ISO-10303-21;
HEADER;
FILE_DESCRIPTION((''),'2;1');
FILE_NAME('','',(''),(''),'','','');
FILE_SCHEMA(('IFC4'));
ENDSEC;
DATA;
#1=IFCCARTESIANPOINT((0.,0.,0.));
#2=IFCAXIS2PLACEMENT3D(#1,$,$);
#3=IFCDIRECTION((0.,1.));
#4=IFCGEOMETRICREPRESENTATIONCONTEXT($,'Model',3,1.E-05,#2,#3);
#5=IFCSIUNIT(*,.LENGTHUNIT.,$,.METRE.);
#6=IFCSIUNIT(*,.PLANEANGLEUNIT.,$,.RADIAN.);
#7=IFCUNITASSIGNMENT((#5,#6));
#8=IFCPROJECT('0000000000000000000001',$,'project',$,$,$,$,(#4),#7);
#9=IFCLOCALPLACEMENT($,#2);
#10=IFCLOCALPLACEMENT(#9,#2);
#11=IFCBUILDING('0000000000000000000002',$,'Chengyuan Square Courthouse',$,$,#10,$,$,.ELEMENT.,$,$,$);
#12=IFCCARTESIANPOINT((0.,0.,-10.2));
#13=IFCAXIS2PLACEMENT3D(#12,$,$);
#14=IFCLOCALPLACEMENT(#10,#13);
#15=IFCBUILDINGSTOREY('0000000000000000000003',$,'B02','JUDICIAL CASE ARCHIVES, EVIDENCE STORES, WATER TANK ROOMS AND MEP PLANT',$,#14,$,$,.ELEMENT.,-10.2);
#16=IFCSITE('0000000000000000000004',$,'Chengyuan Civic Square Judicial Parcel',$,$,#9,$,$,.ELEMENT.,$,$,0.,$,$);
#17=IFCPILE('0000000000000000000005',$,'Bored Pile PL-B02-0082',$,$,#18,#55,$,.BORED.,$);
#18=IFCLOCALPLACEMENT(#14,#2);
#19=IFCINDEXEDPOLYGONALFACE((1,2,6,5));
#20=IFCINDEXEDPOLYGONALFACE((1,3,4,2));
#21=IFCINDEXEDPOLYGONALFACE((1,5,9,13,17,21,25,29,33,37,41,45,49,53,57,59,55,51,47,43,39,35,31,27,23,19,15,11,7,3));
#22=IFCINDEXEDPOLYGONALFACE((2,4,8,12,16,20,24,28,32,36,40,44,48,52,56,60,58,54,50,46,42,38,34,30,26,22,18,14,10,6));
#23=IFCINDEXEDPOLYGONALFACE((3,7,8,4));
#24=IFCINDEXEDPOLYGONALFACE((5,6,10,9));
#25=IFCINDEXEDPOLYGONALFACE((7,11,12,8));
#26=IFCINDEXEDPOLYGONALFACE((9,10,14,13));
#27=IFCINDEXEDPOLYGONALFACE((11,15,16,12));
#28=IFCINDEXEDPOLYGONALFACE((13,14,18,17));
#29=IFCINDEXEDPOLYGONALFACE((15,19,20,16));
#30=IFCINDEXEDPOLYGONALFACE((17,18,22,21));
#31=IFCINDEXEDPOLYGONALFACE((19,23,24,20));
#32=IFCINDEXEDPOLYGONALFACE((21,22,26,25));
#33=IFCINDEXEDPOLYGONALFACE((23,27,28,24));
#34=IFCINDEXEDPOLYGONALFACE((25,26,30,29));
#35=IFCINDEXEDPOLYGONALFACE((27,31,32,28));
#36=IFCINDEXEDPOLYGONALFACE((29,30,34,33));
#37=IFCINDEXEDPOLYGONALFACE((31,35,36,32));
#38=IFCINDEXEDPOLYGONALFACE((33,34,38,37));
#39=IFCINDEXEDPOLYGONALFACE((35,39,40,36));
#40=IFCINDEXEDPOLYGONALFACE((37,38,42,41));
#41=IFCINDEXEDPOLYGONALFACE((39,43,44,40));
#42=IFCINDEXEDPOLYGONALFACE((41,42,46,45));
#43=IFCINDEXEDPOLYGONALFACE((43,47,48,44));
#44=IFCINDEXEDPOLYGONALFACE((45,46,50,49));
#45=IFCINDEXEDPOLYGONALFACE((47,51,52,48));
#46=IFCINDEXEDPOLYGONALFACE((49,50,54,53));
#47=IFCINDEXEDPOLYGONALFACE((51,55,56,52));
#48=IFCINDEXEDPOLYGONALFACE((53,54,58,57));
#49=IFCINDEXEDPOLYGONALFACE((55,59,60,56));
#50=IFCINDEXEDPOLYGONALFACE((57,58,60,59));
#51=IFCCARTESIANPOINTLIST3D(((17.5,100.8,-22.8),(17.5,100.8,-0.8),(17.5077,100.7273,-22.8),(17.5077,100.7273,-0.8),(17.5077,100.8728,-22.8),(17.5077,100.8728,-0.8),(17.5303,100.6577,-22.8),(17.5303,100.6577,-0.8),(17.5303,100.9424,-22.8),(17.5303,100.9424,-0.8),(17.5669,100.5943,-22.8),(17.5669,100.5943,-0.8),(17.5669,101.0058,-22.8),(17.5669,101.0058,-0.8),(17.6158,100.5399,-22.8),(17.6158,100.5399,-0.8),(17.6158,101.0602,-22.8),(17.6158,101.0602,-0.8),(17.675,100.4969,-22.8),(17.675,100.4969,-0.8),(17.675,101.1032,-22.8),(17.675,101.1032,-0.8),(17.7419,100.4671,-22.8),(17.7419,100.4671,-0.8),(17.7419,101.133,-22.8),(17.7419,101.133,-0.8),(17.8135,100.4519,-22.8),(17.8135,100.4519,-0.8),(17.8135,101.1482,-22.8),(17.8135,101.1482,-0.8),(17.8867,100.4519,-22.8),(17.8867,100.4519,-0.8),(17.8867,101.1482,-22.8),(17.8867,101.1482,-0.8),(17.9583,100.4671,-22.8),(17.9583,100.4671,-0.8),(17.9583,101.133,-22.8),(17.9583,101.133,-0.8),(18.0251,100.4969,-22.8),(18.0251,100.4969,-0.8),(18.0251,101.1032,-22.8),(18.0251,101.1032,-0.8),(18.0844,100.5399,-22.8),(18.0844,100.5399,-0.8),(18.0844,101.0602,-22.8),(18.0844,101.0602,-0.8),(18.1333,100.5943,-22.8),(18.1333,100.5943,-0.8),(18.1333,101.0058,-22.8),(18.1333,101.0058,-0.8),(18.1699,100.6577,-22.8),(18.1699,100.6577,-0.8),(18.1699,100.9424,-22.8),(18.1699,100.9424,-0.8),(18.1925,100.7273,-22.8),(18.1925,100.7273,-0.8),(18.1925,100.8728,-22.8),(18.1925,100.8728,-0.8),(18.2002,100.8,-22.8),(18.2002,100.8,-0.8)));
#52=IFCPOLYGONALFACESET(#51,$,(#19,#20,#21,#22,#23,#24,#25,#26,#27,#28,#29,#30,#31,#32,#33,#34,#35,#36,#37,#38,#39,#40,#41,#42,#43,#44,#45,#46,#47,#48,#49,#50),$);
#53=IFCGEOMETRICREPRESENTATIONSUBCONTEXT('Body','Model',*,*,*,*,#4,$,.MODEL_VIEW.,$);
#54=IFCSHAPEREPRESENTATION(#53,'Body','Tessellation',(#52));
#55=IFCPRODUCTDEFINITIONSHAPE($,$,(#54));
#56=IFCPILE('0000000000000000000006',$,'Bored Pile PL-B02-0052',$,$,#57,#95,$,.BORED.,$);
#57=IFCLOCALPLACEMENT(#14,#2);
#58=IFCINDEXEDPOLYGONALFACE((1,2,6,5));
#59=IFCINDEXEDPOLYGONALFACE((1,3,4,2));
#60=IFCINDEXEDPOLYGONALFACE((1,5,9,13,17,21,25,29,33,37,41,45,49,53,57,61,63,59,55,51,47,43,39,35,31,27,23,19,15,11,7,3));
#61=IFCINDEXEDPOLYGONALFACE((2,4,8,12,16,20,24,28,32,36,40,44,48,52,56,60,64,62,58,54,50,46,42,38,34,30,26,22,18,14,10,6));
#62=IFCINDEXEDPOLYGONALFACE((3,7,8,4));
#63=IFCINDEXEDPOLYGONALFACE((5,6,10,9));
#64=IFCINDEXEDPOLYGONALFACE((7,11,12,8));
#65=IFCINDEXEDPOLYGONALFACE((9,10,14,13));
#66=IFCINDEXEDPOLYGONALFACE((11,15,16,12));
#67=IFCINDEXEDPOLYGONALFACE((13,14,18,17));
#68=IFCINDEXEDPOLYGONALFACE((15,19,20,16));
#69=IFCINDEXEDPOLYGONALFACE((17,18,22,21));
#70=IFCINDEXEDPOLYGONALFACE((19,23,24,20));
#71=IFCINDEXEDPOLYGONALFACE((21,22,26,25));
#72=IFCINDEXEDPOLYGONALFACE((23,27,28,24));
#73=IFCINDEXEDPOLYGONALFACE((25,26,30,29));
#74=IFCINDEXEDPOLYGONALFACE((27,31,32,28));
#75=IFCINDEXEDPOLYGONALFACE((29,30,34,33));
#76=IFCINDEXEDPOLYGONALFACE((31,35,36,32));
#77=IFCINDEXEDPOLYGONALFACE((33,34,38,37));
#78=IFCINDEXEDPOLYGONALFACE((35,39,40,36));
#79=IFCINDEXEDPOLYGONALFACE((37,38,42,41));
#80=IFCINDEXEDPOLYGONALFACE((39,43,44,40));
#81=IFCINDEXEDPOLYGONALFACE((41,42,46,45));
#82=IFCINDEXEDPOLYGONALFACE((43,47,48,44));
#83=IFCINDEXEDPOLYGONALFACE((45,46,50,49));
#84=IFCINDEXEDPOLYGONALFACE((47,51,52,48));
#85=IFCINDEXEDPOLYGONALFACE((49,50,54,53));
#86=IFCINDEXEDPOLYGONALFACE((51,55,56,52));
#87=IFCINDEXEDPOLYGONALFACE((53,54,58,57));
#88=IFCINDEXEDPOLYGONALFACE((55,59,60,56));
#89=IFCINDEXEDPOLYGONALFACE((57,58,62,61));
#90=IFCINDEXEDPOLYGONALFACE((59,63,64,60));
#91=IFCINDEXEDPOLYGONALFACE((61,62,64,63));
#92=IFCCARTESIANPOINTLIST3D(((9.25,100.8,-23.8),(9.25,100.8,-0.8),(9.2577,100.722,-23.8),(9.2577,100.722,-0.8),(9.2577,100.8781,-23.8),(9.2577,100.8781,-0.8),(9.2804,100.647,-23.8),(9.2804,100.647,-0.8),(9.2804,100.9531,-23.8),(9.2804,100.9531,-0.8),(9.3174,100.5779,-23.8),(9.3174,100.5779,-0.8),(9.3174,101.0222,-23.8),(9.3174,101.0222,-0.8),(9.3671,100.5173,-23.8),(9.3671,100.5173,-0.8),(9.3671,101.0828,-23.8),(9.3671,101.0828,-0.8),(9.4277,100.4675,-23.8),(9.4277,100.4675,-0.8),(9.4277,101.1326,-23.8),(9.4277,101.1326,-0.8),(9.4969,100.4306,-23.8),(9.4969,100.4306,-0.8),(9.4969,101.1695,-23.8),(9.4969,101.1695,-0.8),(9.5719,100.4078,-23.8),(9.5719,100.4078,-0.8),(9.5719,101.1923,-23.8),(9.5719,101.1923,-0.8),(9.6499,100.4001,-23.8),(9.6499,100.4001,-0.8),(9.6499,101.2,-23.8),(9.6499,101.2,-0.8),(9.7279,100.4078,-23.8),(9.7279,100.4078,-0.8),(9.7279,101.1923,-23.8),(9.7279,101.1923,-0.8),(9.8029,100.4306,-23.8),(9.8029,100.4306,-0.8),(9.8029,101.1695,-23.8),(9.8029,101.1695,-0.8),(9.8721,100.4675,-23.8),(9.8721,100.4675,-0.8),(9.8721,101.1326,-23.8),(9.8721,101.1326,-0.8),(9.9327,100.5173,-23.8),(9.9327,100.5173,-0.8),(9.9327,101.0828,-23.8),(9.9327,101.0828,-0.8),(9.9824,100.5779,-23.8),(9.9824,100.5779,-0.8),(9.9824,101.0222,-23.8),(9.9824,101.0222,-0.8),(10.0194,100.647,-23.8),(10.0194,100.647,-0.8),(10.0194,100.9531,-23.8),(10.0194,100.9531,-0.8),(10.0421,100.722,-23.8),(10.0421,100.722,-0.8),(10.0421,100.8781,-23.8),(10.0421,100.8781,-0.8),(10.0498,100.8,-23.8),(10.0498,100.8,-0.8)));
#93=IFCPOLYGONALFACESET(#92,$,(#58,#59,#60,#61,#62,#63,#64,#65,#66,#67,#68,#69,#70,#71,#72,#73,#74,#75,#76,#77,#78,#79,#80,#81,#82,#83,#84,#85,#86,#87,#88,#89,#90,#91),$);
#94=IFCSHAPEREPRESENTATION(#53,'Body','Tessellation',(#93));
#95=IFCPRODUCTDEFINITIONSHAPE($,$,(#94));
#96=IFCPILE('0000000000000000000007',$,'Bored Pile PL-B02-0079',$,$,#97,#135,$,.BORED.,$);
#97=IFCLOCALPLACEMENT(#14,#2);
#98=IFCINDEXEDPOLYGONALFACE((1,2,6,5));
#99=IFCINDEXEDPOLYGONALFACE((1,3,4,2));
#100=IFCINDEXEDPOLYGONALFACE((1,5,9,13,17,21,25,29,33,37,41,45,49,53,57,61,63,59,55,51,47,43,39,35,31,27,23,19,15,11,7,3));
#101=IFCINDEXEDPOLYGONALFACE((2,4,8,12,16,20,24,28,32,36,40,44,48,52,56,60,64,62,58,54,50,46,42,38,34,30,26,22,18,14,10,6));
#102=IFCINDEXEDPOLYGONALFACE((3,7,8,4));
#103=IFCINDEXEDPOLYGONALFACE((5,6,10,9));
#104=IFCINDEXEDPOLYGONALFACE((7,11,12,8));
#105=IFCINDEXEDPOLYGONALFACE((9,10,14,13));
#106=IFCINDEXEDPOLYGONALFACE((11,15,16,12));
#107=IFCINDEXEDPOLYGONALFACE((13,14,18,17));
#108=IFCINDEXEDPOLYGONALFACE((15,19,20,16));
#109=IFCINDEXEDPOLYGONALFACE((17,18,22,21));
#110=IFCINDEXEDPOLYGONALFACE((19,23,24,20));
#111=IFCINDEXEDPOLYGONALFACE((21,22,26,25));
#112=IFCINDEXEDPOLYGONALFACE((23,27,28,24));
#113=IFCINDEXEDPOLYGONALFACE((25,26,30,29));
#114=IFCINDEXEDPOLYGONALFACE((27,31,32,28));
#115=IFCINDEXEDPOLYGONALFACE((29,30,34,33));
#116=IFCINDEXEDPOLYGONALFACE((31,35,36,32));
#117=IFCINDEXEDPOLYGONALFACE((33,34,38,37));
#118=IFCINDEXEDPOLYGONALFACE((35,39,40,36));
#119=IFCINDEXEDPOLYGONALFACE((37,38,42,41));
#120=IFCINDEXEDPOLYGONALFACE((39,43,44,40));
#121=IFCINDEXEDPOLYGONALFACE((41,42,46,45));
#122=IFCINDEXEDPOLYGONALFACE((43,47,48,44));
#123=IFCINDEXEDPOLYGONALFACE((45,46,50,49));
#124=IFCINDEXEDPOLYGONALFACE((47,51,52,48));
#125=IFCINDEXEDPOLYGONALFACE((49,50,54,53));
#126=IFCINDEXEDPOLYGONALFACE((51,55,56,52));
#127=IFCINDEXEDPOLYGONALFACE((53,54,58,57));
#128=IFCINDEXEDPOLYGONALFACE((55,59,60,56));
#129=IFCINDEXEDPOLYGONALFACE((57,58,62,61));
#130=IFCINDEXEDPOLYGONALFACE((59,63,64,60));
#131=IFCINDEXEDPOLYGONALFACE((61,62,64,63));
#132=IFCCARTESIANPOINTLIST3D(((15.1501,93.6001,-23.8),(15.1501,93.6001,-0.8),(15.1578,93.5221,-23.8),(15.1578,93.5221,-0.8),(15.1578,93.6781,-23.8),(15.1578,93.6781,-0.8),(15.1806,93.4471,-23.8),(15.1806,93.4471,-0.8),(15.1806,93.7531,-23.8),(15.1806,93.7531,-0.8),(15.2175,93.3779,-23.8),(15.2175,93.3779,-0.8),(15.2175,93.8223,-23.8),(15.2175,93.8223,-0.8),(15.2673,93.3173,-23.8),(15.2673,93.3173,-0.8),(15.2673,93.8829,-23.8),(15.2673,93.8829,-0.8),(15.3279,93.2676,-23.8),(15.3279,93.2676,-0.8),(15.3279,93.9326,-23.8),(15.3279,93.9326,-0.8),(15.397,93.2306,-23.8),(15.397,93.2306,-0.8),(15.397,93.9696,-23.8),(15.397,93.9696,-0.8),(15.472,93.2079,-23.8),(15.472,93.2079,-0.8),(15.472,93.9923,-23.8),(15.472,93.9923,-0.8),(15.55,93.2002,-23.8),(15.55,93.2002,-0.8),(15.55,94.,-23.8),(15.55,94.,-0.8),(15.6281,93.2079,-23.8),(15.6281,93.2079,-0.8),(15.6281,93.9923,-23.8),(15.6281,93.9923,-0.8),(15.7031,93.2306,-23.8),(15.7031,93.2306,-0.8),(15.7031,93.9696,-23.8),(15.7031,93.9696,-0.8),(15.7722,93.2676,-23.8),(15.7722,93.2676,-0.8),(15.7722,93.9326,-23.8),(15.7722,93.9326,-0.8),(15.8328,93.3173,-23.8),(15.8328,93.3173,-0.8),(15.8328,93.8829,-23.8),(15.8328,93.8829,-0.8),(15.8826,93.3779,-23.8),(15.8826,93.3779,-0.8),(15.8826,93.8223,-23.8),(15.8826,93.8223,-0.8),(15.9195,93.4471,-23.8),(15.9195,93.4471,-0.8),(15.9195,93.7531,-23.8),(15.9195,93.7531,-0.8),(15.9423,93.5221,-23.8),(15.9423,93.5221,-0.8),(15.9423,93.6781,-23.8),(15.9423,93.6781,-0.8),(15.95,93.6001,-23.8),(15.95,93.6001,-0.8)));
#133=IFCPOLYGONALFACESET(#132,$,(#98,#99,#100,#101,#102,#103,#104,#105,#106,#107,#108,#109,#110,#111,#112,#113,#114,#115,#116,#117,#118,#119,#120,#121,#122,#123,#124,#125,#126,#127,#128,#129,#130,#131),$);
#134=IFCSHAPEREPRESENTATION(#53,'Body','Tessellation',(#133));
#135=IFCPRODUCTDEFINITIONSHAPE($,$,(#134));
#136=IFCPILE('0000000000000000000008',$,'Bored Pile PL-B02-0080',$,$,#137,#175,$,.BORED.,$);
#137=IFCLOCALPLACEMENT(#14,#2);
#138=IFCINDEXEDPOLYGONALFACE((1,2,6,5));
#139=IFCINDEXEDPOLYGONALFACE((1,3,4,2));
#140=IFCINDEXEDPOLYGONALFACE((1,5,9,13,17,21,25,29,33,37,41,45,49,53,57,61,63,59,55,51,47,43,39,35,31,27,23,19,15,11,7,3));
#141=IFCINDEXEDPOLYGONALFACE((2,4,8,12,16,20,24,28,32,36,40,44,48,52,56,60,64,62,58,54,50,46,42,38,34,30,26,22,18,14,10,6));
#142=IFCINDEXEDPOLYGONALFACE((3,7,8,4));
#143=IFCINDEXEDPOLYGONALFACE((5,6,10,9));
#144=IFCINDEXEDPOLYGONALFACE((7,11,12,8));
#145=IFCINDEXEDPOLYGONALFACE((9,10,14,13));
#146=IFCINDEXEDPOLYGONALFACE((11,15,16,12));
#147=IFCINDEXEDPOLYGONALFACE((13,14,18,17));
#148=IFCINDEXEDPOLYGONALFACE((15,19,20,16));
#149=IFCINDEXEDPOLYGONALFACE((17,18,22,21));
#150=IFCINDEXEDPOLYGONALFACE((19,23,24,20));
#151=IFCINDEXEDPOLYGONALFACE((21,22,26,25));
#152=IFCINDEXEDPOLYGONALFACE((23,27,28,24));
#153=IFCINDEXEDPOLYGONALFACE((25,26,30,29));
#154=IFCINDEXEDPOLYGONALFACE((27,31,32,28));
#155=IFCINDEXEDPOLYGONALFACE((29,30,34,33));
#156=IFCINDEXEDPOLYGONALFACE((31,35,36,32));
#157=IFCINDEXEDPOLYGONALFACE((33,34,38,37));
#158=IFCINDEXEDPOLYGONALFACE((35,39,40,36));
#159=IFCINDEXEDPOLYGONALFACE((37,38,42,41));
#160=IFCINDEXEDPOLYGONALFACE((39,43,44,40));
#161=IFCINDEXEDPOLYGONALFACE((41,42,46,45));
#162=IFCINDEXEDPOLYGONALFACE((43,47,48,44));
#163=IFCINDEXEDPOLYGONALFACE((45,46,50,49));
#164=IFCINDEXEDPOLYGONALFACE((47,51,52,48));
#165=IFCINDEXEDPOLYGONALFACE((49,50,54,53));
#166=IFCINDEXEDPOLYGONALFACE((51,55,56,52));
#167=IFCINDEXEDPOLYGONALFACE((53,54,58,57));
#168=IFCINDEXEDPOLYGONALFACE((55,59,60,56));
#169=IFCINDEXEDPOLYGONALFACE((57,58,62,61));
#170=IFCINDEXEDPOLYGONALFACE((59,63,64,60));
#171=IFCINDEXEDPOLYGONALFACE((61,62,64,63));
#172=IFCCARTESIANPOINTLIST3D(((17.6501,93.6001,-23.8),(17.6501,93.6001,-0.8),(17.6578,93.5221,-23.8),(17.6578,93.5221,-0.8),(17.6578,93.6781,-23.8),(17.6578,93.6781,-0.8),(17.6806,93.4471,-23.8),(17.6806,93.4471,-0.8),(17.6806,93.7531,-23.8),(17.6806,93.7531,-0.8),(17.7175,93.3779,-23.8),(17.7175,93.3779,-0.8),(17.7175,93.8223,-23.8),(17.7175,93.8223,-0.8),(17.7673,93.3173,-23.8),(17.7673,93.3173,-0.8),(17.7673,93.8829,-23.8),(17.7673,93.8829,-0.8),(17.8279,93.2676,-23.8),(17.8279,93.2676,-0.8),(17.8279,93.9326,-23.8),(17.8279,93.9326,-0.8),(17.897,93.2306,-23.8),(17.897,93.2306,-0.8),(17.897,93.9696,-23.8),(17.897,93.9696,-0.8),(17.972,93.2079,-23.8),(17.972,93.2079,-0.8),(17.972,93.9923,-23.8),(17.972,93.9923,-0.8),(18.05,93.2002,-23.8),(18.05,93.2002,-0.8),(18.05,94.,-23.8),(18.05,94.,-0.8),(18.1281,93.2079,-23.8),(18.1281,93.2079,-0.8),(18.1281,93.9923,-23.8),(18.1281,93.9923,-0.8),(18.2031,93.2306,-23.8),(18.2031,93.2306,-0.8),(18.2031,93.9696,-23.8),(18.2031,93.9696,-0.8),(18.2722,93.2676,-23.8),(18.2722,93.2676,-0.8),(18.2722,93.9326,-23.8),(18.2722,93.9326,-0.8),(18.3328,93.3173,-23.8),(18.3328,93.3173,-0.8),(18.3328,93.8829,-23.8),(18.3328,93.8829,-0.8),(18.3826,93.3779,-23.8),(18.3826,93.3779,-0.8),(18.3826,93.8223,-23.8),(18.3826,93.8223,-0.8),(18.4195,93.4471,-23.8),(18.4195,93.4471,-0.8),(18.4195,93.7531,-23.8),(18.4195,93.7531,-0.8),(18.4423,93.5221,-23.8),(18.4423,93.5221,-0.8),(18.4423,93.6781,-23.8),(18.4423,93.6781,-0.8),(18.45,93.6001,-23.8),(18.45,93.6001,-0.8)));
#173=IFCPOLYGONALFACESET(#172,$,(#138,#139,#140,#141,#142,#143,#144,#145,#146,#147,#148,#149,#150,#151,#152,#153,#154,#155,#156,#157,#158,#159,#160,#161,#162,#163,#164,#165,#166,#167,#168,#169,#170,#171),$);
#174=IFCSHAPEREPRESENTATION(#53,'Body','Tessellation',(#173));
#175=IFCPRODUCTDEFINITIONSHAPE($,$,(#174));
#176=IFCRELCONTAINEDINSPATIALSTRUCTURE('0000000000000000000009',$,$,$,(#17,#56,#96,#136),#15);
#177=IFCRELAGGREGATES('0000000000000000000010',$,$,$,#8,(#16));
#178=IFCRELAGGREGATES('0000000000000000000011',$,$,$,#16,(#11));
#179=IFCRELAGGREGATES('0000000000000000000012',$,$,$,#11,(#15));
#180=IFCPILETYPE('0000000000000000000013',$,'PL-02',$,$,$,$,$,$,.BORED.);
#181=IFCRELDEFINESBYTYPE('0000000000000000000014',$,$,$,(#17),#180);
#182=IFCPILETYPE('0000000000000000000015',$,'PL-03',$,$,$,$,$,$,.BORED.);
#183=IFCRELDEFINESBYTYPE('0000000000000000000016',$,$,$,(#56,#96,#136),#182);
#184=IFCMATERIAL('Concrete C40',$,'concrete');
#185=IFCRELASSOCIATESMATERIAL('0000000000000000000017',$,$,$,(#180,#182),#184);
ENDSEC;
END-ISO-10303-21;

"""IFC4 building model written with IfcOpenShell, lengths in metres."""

from ifc_helpers import new_model, si_unit, direction, frame, origin, origin_2d, place, context, subcontext, project, spatial, circle, extrude, material, material_profile, profile_set, type_object, element, save


model = new_model("IFC4")

# Units and contexts
model_context = context("Model", 3, precision=1e-05, world=origin(), true_north=direction((0.0, 1.0)))
body_context = subcontext(model_context, "Body", "Model", "MODEL_VIEW")
ifc_project = project(units=[si_unit("LENGTHUNIT", "METRE"), si_unit("PLANEANGLEUNIT", "RADIAN")], contexts=[model_context])

# Site, building, storey
site_placement = place(None, origin())
site = spatial("IfcSite", under=ifc_project, at=site_placement, Name="Chengyuan Civic Square Judicial Parcel", CompositionType="ELEMENT", RefElevation=0.0)
building_placement = place(site_placement, origin())
building = spatial("IfcBuilding", under=site, at=building_placement, Name="Chengyuan Square Courthouse", CompositionType="ELEMENT")
storey_placement = place(building_placement, frame((0.0, 0.0, -10.2)))
storey = spatial("IfcBuildingStorey", under=building, at=storey_placement, Name="B02", Description="JUDICIAL CASE ARCHIVES, EVIDENCE STORES, WATER TANK ROOMS AND MEP PLANT", CompositionType="ELEMENT", Elevation=-10.2)

# Shared definitions
ifc_material_1 = material(Name="Concrete C40", Category="concrete")

# Piles
ifc_material_profile_1 = material_profile(ifc_material_1, circle(Radius=0.3501, at=origin_2d()), Name="BORED PILE D700")
ifc_profile_set_1 = profile_set([ifc_material_profile_1], Name="Concrete C40")
pile_type_1 = type_object("IfcPileType", Name="PL-02", PredefinedType="BORED", material=ifc_profile_set_1)
for number, where, z_axis, x_axis, name in (
    (1, (17.8501, 100.8, -0.8), (0.0, 0.0, -1.0), (1.0, 0.0, 0.0), "Bored Pile PL-B02-0082"),
):
    element("IfcPile", number, at=place(storey_placement, frame(where, z_axis=z_axis, x_axis=x_axis)), inside=storey, type_object=pile_type_1, Name=name, PredefinedType="BORED", context=body_context, shape_type="SweptSolid", body=[
        extrude(circle(Radius=0.3501, at=origin_2d()), origin(), (0.0, 0.0, 1.0), 22.0),
    ])
ifc_material_profile_2 = material_profile(ifc_material_1, circle(Radius=0.3999, at=origin_2d()), Name="BORED PILE D800")
ifc_profile_set_2 = profile_set([ifc_material_profile_2], Name="Concrete C40")
pile_type_2 = type_object("IfcPileType", Name="PL-03", PredefinedType="BORED", material=ifc_profile_set_2)
for number, where, z_axis, x_axis, name in (
    (2, (9.6499, 100.8, -0.8), (0.0, 0.0, -1.0), (1.0, 0.0, 0.0), "Bored Pile PL-B02-0052"),
    (3, (15.55, 93.6001, -0.8), (0.0, 0.0, -1.0), (1.0, 0.0, 0.0), "Bored Pile PL-B02-0079"),
    (4, (18.05, 93.6001, -0.8), (0.0, 0.0, -1.0), (1.0, 0.0, 0.0), "Bored Pile PL-B02-0080"),
):
    element("IfcPile", number, at=place(storey_placement, frame(where, z_axis=z_axis, x_axis=x_axis)), inside=storey, type_object=pile_type_2, Name=name, PredefinedType="BORED", context=body_context, shape_type="SweptSolid", body=[
        extrude(circle(Radius=0.3999, at=origin_2d()), origin(), (0.0, 0.0, 1.0), 23.0),
    ])

save(model, "model.ifc")
